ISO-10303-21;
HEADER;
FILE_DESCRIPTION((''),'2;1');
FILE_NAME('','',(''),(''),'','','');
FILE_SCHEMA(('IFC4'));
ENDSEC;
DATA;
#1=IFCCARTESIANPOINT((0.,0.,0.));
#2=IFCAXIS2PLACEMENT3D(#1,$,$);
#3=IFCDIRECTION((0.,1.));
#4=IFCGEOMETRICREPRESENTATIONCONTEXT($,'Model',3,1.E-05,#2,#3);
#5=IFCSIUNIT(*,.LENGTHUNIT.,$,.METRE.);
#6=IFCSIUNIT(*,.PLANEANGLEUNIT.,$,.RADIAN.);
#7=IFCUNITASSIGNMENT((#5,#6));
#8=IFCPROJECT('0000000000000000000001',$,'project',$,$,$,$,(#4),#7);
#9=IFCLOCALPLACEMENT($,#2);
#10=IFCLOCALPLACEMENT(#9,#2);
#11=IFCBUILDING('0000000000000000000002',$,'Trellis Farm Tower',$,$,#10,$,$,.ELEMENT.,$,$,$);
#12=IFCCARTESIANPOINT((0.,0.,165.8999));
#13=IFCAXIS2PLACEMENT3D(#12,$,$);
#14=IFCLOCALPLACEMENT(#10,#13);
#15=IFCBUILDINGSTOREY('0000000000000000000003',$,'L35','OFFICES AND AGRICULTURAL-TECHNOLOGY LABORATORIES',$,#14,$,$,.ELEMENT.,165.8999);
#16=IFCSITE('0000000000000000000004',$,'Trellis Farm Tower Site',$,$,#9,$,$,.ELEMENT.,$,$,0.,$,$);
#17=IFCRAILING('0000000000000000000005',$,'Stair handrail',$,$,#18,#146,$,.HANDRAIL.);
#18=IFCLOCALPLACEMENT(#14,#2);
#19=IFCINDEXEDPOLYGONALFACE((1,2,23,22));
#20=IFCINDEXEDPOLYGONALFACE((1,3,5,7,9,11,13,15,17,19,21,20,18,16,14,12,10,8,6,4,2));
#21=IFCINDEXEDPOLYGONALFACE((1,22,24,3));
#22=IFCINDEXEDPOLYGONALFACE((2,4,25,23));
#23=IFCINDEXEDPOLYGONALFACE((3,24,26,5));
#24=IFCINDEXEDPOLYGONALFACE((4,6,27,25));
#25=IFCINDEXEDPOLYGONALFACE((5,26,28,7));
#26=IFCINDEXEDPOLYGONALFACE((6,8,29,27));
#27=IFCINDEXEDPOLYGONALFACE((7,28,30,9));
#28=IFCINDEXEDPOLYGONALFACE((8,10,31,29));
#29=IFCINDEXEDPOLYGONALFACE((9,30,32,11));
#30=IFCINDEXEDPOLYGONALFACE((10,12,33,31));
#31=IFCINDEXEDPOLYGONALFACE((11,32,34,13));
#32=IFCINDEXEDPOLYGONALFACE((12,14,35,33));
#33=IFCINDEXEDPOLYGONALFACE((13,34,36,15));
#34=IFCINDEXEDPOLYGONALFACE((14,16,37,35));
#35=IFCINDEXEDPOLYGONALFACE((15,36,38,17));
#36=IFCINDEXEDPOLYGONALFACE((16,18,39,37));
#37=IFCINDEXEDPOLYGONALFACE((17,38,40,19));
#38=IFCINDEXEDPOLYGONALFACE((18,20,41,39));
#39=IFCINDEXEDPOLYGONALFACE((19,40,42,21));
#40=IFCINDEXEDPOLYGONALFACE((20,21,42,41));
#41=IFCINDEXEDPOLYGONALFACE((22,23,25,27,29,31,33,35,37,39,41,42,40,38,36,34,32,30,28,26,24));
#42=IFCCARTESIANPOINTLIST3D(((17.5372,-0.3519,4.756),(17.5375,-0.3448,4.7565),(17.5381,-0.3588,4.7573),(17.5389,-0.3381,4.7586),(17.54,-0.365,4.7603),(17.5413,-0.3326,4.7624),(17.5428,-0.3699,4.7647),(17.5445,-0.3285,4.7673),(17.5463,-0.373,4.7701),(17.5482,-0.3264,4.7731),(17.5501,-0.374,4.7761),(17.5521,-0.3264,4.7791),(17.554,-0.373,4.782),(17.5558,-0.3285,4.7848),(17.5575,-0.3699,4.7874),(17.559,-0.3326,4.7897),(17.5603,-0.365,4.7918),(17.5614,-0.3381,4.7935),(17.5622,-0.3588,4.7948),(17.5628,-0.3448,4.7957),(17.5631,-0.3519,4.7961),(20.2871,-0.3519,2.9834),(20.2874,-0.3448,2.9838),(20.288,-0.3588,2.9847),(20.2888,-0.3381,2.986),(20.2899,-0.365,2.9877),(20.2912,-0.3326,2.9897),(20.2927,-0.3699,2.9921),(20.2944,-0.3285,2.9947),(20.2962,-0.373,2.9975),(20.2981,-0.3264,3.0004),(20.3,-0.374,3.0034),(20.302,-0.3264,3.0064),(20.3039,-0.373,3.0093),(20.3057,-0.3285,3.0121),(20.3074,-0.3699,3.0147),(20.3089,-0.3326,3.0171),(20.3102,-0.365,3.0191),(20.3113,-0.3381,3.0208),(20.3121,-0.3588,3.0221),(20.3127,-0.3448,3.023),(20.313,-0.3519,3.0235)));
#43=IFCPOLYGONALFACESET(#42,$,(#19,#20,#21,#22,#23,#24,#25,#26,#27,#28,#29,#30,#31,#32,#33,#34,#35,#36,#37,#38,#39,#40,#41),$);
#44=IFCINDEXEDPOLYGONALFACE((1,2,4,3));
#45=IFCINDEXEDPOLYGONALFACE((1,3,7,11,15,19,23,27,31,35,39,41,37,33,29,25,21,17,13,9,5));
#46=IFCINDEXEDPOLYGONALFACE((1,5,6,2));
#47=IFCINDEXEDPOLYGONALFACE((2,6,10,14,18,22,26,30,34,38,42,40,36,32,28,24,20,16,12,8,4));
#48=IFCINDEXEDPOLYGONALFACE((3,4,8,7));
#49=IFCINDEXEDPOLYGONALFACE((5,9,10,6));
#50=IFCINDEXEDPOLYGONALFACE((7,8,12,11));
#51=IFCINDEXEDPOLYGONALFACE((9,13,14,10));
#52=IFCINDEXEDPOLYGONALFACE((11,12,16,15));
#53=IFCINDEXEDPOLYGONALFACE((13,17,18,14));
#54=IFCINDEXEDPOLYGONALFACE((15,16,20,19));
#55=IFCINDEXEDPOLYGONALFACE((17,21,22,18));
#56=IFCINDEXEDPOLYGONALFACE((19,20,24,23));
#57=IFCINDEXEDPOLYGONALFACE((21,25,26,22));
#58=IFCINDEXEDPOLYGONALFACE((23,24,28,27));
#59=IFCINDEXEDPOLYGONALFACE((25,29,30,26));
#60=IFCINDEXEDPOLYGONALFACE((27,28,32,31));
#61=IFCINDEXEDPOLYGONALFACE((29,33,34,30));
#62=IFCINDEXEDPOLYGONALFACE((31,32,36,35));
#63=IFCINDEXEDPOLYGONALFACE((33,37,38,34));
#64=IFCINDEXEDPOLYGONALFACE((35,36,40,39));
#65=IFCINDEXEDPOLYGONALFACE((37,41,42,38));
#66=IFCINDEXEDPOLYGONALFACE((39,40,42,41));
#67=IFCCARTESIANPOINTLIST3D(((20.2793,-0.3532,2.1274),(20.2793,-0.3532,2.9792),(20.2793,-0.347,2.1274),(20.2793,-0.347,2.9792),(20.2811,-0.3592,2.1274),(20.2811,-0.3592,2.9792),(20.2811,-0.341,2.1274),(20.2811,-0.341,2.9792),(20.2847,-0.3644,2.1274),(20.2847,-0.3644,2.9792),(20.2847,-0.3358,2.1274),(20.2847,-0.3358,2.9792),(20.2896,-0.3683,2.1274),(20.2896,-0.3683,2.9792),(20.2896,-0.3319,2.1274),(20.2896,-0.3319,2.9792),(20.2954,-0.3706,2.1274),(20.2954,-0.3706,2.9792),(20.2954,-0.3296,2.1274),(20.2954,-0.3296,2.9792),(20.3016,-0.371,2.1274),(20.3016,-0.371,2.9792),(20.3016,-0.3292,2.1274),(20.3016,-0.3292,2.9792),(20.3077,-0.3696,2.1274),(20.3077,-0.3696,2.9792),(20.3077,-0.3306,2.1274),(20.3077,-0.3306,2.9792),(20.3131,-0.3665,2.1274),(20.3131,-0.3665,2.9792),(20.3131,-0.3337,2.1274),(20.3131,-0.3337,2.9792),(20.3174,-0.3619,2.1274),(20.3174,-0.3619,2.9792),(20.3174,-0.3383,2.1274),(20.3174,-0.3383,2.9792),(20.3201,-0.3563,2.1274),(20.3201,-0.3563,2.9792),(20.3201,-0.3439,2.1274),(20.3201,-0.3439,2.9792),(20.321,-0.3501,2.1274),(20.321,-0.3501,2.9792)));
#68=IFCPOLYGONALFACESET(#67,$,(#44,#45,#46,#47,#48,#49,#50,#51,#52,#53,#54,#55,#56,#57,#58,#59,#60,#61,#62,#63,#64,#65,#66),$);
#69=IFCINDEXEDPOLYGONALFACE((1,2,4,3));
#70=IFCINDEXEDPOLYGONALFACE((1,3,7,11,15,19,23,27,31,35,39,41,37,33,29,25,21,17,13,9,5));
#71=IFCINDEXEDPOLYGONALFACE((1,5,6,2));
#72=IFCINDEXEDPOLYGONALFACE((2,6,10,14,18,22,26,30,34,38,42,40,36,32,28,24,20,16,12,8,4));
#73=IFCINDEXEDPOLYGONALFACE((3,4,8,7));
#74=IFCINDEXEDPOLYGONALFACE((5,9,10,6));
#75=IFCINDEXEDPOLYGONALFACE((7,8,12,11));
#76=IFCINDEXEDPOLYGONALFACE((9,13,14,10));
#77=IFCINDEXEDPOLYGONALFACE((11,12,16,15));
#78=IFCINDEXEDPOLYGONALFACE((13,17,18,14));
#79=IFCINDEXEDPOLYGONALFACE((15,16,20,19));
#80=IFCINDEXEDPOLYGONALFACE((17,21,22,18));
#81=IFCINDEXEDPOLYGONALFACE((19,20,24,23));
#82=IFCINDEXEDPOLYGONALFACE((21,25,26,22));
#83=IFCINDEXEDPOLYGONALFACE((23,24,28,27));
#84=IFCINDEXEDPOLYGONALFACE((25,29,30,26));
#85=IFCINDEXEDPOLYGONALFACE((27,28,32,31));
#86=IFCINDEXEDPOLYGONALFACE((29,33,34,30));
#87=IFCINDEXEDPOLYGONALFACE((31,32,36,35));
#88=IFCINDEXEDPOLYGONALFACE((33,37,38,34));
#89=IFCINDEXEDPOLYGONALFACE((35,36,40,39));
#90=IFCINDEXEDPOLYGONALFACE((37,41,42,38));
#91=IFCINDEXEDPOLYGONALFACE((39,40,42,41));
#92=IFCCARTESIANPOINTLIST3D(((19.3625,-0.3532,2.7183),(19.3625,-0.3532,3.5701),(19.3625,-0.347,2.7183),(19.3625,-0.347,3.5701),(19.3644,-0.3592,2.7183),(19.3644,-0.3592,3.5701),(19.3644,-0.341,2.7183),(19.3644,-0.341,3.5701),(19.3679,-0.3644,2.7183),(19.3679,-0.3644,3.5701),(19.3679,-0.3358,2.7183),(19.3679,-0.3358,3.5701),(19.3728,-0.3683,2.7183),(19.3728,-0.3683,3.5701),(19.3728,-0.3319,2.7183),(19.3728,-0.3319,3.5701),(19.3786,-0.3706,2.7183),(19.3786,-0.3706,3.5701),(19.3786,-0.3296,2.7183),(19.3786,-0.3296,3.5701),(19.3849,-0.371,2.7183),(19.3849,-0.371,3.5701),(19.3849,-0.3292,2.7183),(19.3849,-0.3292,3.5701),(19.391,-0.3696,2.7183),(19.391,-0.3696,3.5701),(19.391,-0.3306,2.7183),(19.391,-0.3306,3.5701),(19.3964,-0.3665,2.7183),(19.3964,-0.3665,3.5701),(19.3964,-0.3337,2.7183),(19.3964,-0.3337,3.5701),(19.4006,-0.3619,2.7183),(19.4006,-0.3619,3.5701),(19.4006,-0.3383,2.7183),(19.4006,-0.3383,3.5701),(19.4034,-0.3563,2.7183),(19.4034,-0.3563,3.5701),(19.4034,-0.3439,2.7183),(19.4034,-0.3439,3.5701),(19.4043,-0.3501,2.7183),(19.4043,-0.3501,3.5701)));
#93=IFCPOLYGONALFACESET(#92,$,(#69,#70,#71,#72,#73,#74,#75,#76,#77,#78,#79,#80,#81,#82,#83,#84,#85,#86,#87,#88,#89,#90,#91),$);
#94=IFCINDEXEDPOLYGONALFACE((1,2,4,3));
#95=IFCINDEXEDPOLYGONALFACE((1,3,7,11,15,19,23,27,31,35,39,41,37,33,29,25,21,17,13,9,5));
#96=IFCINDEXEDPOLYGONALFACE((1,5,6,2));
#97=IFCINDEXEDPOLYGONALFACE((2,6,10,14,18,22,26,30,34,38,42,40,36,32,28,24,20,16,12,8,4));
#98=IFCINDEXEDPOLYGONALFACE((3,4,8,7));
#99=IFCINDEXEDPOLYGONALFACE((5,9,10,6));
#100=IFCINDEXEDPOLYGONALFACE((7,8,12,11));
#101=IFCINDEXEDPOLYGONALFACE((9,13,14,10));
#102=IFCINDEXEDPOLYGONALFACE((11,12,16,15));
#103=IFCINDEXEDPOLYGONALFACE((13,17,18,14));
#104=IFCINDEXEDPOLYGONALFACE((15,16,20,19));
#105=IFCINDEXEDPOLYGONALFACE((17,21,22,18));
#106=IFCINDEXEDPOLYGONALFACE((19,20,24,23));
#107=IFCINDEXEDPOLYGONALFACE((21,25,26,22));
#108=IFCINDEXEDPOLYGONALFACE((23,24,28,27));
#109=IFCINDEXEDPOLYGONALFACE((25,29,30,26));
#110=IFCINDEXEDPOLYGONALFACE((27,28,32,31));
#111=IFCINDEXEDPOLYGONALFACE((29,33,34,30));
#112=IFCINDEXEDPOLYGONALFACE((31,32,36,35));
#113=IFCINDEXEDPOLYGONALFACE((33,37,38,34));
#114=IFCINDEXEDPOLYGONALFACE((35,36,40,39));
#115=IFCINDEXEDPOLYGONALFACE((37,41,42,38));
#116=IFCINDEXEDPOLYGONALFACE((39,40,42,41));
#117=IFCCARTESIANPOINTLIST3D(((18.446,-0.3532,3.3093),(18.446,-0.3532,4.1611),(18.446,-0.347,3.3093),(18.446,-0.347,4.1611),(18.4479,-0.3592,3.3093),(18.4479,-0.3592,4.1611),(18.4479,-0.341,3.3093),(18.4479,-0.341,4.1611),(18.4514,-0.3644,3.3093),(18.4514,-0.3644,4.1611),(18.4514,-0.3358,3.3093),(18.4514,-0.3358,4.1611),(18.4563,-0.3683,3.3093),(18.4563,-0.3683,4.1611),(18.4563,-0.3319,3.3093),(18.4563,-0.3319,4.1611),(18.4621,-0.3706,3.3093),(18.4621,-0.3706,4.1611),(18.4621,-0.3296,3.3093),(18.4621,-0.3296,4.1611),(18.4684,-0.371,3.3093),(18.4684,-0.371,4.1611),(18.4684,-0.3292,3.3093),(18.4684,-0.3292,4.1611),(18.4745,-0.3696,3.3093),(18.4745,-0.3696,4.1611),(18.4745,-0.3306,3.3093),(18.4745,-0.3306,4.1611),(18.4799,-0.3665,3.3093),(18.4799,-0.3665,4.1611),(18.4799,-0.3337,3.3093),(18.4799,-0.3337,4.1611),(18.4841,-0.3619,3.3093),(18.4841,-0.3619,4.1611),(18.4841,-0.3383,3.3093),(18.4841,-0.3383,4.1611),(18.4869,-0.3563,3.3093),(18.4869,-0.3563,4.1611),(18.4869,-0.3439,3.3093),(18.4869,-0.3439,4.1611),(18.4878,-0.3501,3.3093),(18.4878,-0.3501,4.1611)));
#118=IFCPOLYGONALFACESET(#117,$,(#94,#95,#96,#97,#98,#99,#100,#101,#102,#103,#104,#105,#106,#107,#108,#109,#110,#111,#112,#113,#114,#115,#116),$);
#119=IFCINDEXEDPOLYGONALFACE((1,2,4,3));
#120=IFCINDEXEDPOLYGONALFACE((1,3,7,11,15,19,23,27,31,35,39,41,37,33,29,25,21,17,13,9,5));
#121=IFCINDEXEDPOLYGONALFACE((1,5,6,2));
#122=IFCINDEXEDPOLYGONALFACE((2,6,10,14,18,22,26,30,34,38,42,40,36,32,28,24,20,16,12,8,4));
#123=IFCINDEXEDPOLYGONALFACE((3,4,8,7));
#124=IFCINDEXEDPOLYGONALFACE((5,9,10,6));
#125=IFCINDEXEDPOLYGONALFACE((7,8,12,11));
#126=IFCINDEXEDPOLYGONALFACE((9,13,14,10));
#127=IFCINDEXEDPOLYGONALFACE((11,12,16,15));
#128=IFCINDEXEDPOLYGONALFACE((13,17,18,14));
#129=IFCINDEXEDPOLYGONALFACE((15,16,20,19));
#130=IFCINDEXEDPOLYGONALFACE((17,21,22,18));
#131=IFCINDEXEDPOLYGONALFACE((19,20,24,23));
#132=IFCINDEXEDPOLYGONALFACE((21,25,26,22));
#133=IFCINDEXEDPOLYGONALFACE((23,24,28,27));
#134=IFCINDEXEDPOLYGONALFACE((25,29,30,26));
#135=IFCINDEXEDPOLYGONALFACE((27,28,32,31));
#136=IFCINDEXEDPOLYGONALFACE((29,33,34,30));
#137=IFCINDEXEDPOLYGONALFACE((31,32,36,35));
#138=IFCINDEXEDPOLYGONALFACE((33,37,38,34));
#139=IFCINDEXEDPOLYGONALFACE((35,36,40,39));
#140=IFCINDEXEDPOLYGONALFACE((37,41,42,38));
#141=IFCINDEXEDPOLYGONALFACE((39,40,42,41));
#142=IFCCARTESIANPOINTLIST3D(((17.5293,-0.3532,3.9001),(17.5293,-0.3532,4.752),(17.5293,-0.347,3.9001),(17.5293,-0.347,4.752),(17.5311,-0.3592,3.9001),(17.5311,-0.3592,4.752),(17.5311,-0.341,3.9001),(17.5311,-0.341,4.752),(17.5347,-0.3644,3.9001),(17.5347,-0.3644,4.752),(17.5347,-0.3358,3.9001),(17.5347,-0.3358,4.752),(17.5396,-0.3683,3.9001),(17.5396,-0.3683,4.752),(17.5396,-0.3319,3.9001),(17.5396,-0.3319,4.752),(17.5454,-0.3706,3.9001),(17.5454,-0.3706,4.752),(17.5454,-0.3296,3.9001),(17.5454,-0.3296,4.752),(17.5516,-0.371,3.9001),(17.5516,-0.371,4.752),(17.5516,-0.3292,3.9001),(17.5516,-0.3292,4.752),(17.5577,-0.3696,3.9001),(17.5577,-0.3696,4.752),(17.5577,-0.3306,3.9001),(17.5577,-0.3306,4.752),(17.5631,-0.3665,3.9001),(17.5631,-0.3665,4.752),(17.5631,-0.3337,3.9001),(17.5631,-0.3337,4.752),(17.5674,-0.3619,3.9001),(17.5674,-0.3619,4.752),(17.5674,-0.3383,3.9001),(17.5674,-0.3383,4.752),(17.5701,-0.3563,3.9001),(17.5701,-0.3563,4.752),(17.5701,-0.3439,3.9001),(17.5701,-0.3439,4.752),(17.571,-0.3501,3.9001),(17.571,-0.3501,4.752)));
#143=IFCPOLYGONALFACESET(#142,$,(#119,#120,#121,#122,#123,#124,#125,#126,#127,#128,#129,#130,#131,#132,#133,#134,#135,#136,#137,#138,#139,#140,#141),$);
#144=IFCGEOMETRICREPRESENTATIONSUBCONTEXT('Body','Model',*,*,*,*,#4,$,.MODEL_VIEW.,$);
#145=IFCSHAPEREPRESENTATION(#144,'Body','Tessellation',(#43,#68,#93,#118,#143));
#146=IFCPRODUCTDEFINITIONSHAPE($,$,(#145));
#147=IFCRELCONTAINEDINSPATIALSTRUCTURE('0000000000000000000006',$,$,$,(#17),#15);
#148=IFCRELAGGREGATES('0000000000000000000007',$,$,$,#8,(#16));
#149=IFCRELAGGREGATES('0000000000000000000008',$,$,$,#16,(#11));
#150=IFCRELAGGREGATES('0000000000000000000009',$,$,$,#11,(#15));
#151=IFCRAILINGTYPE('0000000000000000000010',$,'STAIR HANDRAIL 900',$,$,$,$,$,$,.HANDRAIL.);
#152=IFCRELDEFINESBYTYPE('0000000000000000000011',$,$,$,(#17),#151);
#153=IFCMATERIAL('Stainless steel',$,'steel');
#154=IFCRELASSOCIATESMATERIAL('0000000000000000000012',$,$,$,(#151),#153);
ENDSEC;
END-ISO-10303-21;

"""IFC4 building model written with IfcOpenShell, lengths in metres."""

from ifc_helpers import new_model, si_unit, direction, frame, origin, origin_2d, place, context, subcontext, project, spatial, circle, extrude, source, transform, mapped, material, type_object, element, save


model = new_model("IFC4")

# Units and contexts
model_context = context("Model", 3, precision=1e-05, world=origin(), true_north=direction((0.0, 1.0)))
body_context = subcontext(model_context, "Body", "Model", "MODEL_VIEW")
ifc_project = project(units=[si_unit("LENGTHUNIT", "METRE"), si_unit("PLANEANGLEUNIT", "RADIAN")], contexts=[model_context])

# Site, building, storey
site_placement = place(None, origin())
site = spatial("IfcSite", under=ifc_project, at=site_placement, Name="Trellis Farm Tower Site", CompositionType="ELEMENT", RefElevation=0.0)
building_placement = place(site_placement, origin())
building = spatial("IfcBuilding", under=site, at=building_placement, Name="Trellis Farm Tower", CompositionType="ELEMENT")
storey_placement = place(building_placement, frame((0.0, 0.0, 165.8999)))
storey = spatial("IfcBuildingStorey", under=building, at=storey_placement, Name="L35", Description="OFFICES AND AGRICULTURAL-TECHNOLOGY LABORATORIES", CompositionType="ELEMENT", Elevation=165.8999)

# Railing
ifc_material_1 = material(Name="Stainless steel", Category="steel")
railing_type = type_object("IfcRailingType", Name="STAIR HANDRAIL 900", PredefinedType="HANDRAIL", material=ifc_material_1)
shared_shape_1 = source(origin(), body_context, "Body", "SweptSolid", [
    extrude(circle(Radius=0.0239, at=origin_2d()), frame((0.0, 0.0, 0.876), z_axis=(-0.840504, 0.0, 0.541806), x_axis=(0.0, -1.0, 0.0)), (0.0, 0.0, 1.0), 3.2717),
    extrude(circle(Radius=0.021, at=origin_2d()), origin(), (0.0, 0.0, 1.0), 0.8518),
    extrude(circle(Radius=0.021, at=origin_2d()), frame((-0.9167, 0.0, 0.5908)), (0.0, 0.0, 1.0), 0.8518),
    extrude(circle(Radius=0.021, at=origin_2d()), frame((-1.8333, 0.0, 1.1819)), (0.0, 0.0, 1.0), 0.8518),
    extrude(circle(Radius=0.021, at=origin_2d()), frame((-2.75, 0.0, 1.7727)), (0.0, 0.0, 1.0), 0.8518),
])
for number, where, name in (
    (1, (20.3, -0.3501, 2.1274), "Stair handrail"),
):
    element("IfcRailing", number, at=place(storey_placement, frame(where)), inside=storey, type_object=railing_type, Name=name, PredefinedType="HANDRAIL", context=body_context, shape_type="MappedRepresentation", body=[
        mapped(shared_shape_1, transform((0.0, 0.0, 0.0))),
    ])

save(model, "model.ifc")
